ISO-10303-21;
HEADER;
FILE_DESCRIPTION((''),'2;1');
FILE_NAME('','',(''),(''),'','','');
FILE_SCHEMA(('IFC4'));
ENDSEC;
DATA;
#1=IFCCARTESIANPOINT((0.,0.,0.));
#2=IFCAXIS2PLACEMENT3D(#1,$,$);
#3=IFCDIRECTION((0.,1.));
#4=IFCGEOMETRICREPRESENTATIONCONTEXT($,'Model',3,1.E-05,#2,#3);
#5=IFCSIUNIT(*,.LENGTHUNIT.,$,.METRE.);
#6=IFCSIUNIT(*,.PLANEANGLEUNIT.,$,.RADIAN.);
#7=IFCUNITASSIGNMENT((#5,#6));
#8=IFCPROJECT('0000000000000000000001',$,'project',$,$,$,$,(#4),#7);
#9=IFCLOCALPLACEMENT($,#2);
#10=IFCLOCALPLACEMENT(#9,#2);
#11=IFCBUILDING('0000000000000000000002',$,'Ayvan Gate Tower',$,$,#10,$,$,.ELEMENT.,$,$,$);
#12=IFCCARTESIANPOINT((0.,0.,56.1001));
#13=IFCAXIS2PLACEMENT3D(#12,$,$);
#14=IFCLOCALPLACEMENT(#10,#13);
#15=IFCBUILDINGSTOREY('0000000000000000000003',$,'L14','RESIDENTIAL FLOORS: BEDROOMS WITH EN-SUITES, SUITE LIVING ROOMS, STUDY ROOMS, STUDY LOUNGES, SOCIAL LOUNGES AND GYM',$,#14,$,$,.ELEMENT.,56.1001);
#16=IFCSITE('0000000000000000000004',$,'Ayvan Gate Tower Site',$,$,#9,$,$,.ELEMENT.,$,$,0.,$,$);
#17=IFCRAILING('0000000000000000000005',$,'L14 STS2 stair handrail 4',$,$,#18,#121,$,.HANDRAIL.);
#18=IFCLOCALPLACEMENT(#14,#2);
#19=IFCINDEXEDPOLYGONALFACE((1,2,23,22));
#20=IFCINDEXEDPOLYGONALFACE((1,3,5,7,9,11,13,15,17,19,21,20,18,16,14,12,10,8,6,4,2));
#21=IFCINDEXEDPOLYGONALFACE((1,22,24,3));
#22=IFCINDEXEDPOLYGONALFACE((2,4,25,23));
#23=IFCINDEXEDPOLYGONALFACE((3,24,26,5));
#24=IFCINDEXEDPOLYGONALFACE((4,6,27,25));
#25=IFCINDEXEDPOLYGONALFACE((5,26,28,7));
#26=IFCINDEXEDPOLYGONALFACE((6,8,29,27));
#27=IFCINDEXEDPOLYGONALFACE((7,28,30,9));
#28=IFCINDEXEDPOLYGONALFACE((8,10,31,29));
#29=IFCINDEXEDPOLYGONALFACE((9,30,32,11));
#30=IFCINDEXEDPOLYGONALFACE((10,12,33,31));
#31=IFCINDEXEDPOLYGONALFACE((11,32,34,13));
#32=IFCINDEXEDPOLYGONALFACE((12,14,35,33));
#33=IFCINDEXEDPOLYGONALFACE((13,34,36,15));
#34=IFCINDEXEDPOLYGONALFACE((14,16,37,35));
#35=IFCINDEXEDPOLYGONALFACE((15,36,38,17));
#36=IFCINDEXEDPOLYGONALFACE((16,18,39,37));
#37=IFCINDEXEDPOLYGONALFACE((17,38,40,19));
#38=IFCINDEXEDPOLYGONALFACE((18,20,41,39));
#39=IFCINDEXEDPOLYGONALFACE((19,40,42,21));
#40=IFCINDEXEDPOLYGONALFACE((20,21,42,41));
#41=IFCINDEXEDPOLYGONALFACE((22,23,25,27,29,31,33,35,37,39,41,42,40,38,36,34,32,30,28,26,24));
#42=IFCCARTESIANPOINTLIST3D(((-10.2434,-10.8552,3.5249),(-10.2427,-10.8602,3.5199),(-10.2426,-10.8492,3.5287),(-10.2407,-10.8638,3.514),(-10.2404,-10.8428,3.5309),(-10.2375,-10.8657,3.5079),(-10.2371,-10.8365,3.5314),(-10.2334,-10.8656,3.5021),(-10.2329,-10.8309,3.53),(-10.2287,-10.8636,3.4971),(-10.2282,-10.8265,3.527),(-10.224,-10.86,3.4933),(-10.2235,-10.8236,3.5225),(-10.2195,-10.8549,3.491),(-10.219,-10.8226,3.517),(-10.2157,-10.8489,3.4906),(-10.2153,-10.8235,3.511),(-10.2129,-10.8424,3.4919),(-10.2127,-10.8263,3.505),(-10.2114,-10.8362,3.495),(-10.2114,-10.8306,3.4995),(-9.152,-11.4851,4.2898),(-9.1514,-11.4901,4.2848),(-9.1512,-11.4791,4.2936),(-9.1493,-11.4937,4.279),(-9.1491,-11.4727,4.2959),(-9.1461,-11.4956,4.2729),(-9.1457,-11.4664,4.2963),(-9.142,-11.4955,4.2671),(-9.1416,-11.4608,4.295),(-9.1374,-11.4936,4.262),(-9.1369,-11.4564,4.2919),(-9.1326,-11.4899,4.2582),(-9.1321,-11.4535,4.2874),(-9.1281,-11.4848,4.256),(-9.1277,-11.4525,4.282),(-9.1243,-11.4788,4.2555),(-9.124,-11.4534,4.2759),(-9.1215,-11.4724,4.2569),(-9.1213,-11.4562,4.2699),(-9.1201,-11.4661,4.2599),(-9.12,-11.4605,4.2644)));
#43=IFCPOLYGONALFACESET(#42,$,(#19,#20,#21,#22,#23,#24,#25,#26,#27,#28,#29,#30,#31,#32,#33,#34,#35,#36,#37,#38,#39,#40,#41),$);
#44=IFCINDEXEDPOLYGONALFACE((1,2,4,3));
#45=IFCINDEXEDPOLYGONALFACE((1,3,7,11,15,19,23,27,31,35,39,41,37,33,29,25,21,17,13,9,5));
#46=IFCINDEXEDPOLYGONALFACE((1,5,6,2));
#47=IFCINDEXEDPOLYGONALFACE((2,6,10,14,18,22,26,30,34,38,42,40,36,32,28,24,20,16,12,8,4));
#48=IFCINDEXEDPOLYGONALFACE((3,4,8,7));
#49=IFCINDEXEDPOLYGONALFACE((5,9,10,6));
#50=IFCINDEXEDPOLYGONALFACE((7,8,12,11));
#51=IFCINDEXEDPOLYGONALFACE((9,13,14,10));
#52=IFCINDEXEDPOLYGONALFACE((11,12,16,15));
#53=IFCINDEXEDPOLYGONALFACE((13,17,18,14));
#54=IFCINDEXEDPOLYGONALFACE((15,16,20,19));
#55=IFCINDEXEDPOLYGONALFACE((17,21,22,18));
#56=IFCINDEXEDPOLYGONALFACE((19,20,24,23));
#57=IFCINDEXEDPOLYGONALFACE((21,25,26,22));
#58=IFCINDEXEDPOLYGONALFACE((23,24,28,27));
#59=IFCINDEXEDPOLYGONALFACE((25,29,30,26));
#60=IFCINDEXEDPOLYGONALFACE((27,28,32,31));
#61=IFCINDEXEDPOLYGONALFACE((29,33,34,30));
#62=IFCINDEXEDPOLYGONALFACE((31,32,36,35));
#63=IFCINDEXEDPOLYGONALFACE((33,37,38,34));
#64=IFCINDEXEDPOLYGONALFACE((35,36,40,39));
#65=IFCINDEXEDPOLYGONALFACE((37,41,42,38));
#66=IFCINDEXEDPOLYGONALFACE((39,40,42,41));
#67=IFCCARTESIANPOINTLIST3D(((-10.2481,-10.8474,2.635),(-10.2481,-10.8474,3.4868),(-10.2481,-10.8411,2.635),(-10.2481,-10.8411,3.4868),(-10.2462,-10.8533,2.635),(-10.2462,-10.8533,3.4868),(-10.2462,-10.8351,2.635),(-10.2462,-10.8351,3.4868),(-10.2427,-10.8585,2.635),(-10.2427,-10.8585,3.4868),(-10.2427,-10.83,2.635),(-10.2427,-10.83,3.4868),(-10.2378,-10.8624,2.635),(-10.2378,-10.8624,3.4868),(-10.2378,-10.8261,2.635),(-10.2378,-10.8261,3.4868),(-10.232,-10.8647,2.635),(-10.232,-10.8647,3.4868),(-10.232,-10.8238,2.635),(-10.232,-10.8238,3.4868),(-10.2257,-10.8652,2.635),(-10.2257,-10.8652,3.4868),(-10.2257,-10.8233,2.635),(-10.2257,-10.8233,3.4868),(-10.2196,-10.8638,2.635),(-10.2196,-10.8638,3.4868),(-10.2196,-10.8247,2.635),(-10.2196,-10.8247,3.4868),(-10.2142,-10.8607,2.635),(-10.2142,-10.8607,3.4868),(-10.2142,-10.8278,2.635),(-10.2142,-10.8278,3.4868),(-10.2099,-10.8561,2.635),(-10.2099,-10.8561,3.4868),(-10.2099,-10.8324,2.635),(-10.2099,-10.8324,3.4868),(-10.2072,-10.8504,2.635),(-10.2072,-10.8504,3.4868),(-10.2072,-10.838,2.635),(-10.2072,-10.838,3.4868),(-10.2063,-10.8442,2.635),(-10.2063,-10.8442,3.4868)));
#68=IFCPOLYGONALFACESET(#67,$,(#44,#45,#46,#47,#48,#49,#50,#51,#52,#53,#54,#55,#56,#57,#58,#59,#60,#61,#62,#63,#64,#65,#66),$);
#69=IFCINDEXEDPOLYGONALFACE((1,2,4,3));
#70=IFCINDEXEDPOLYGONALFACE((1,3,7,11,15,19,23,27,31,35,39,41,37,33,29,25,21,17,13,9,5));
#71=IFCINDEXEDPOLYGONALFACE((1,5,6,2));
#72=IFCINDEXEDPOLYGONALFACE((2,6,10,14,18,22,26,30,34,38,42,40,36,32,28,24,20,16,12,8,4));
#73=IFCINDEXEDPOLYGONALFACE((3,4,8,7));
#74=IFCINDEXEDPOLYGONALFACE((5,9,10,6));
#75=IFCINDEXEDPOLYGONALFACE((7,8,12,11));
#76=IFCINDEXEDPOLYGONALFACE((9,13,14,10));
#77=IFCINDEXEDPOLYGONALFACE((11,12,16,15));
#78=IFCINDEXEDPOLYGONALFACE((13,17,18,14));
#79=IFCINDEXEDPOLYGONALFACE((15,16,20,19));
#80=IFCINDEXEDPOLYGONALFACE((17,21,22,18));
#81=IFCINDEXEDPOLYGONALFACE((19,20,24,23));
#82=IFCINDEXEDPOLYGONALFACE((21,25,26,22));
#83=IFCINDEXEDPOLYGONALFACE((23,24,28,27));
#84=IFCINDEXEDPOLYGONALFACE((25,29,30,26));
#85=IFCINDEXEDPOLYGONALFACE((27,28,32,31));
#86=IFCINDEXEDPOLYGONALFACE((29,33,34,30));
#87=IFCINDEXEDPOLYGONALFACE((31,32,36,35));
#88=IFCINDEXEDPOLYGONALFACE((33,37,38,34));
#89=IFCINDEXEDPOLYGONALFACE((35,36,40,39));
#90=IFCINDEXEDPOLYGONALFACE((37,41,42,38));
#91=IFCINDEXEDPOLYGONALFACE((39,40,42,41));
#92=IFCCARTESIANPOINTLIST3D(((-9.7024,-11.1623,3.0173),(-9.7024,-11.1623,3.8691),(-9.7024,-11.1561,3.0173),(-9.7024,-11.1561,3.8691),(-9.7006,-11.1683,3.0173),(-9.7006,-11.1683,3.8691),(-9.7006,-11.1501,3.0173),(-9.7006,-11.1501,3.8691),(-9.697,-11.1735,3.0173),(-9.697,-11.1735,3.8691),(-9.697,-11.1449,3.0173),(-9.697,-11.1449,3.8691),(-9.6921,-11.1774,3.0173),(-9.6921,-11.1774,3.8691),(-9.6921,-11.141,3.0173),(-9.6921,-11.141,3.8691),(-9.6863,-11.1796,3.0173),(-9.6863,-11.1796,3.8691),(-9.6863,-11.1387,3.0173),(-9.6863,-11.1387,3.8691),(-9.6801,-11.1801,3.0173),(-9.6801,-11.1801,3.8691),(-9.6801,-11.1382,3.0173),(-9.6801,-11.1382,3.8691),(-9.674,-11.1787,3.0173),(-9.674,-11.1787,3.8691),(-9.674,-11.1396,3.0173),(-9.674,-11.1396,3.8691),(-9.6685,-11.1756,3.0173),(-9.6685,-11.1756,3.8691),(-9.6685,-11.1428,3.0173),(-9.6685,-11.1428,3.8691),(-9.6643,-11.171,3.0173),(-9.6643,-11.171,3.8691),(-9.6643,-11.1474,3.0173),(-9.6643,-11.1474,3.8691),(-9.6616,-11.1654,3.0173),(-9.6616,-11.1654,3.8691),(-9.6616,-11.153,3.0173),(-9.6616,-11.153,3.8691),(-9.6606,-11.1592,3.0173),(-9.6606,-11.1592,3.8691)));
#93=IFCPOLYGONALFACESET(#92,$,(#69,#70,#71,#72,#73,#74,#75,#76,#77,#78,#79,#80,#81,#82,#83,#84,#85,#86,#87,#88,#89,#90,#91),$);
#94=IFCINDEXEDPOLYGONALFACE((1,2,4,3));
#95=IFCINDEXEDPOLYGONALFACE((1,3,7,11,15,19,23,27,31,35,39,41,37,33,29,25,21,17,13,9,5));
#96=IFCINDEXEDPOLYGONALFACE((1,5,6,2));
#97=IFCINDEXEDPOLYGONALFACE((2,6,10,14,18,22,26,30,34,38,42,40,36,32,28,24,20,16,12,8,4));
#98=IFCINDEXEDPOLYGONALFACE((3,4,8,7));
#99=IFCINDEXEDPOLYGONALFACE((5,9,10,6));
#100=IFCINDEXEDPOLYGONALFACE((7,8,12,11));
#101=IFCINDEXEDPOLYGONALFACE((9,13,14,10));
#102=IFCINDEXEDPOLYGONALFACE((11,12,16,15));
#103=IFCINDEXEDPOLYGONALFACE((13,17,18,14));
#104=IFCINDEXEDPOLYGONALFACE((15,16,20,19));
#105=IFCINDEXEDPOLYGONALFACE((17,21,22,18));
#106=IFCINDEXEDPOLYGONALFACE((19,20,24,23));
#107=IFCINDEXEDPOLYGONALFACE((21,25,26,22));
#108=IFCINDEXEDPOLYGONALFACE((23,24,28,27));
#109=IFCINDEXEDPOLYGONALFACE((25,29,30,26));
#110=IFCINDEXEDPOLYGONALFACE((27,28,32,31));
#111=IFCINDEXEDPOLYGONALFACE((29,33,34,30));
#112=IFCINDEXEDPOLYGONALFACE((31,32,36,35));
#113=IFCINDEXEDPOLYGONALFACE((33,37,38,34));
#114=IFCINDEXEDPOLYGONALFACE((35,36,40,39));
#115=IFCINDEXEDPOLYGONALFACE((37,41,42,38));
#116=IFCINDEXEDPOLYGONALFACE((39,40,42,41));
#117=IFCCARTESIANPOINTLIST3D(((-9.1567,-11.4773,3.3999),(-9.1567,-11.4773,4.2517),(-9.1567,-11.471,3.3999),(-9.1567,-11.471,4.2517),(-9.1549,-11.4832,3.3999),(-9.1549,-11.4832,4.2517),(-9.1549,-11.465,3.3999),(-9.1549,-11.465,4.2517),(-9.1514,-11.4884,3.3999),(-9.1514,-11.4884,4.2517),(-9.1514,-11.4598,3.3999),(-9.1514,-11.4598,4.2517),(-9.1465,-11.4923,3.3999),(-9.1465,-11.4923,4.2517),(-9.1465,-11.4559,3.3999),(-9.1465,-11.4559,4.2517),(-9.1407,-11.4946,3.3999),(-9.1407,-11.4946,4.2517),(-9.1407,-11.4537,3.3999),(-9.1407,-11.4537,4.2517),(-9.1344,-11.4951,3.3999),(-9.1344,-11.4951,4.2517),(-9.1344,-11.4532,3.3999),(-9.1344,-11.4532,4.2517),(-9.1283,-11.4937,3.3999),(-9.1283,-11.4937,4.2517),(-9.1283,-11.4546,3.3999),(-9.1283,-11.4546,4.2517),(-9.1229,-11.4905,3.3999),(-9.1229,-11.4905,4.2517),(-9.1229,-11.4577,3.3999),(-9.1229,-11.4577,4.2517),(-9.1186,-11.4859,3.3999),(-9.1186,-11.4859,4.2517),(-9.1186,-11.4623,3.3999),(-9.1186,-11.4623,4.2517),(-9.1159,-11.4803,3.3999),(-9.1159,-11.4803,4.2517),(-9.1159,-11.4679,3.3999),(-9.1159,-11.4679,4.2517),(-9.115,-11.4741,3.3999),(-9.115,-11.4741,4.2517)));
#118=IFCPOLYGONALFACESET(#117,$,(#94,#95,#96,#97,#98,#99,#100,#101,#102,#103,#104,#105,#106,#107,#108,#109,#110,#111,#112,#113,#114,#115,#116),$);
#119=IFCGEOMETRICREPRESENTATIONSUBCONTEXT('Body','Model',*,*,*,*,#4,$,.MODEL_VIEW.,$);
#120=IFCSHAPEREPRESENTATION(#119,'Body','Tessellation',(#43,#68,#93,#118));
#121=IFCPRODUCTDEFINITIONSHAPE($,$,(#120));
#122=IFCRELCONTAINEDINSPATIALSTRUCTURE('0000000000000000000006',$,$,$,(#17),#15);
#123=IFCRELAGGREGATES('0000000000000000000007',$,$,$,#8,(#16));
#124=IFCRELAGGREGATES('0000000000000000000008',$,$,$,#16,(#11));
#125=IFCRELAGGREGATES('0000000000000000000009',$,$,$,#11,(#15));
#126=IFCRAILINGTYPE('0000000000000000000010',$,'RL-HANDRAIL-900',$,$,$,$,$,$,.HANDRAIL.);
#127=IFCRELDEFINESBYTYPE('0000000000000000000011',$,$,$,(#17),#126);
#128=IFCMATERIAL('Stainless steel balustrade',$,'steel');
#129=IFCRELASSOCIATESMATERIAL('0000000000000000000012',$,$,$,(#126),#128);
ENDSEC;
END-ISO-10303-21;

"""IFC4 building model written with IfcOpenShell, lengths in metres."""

from ifc_helpers import new_model, si_unit, direction, frame, origin, origin_2d, place, context, subcontext, project, spatial, circle, extrude, material, type_object, element, save


model = new_model("IFC4")

# Units and contexts
model_context = context("Model", 3, precision=1e-05, world=origin(), true_north=direction((0.0, 1.0)))
body_context = subcontext(model_context, "Body", "Model", "MODEL_VIEW")
ifc_project = project(units=[si_unit("LENGTHUNIT", "METRE"), si_unit("PLANEANGLEUNIT", "RADIAN")], contexts=[model_context])

# Site, building, storey
site_placement = place(None, origin())
site = spatial("IfcSite", under=ifc_project, at=site_placement, Name="Ayvan Gate Tower Site", CompositionType="ELEMENT", RefElevation=0.0)
building_placement = place(site_placement, origin())
building = spatial("IfcBuilding", under=site, at=building_placement, Name="Ayvan Gate Tower", CompositionType="ELEMENT")
storey_placement = place(building_placement, frame((0.0, 0.0, 56.1001)))
storey = spatial("IfcBuildingStorey", under=building, at=storey_placement, Name="L14", Description="RESIDENTIAL FLOORS: BEDROOMS WITH EN-SUITES, SUITE LIVING ROOMS, STUDY ROOMS, STUDY LOUNGES, SOCIAL LOUNGES AND GYM", CompositionType="ELEMENT", Elevation=56.1001)

# Railing
ifc_material_1 = material(Name="Stainless steel balustrade", Category="steel")
railing_type_1 = type_object("IfcRailingType", Name="RL-HANDRAIL-900", PredefinedType="HANDRAIL", material=ifc_material_1)
railing_1_placement = place(storey_placement, frame((-10.2273, -10.8442, 2.635)))
element("IfcRailing", 1, at=railing_1_placement, inside=storey, type_object=railing_type_1, Name="L14 STS2 stair handrail 4", PredefinedType="HANDRAIL", context=body_context, shape_type="SweptSolid", body=[
    extrude(circle(Radius=0.0239, at=origin_2d()), frame((0.0, 0.0, 0.876), z_axis=(0.740357, -0.42732, 0.518912), x_axis=(0.49989, 0.866089, 0.0)), (0.0, 0.0, 1.0), 1.4741),
    extrude(circle(Radius=0.021, at=origin_2d()), origin(), (0.0, 0.0, 1.0), 0.8518),
    extrude(circle(Radius=0.021, at=origin_2d()), frame((0.5457, -0.3149, 0.3823)), (0.0, 0.0, 1.0), 0.8518),
    extrude(circle(Radius=0.021, at=origin_2d()), frame((1.0913, -0.6299, 0.7649)), (0.0, 0.0, 1.0), 0.8518),
])

save(model, "model.ifc")
